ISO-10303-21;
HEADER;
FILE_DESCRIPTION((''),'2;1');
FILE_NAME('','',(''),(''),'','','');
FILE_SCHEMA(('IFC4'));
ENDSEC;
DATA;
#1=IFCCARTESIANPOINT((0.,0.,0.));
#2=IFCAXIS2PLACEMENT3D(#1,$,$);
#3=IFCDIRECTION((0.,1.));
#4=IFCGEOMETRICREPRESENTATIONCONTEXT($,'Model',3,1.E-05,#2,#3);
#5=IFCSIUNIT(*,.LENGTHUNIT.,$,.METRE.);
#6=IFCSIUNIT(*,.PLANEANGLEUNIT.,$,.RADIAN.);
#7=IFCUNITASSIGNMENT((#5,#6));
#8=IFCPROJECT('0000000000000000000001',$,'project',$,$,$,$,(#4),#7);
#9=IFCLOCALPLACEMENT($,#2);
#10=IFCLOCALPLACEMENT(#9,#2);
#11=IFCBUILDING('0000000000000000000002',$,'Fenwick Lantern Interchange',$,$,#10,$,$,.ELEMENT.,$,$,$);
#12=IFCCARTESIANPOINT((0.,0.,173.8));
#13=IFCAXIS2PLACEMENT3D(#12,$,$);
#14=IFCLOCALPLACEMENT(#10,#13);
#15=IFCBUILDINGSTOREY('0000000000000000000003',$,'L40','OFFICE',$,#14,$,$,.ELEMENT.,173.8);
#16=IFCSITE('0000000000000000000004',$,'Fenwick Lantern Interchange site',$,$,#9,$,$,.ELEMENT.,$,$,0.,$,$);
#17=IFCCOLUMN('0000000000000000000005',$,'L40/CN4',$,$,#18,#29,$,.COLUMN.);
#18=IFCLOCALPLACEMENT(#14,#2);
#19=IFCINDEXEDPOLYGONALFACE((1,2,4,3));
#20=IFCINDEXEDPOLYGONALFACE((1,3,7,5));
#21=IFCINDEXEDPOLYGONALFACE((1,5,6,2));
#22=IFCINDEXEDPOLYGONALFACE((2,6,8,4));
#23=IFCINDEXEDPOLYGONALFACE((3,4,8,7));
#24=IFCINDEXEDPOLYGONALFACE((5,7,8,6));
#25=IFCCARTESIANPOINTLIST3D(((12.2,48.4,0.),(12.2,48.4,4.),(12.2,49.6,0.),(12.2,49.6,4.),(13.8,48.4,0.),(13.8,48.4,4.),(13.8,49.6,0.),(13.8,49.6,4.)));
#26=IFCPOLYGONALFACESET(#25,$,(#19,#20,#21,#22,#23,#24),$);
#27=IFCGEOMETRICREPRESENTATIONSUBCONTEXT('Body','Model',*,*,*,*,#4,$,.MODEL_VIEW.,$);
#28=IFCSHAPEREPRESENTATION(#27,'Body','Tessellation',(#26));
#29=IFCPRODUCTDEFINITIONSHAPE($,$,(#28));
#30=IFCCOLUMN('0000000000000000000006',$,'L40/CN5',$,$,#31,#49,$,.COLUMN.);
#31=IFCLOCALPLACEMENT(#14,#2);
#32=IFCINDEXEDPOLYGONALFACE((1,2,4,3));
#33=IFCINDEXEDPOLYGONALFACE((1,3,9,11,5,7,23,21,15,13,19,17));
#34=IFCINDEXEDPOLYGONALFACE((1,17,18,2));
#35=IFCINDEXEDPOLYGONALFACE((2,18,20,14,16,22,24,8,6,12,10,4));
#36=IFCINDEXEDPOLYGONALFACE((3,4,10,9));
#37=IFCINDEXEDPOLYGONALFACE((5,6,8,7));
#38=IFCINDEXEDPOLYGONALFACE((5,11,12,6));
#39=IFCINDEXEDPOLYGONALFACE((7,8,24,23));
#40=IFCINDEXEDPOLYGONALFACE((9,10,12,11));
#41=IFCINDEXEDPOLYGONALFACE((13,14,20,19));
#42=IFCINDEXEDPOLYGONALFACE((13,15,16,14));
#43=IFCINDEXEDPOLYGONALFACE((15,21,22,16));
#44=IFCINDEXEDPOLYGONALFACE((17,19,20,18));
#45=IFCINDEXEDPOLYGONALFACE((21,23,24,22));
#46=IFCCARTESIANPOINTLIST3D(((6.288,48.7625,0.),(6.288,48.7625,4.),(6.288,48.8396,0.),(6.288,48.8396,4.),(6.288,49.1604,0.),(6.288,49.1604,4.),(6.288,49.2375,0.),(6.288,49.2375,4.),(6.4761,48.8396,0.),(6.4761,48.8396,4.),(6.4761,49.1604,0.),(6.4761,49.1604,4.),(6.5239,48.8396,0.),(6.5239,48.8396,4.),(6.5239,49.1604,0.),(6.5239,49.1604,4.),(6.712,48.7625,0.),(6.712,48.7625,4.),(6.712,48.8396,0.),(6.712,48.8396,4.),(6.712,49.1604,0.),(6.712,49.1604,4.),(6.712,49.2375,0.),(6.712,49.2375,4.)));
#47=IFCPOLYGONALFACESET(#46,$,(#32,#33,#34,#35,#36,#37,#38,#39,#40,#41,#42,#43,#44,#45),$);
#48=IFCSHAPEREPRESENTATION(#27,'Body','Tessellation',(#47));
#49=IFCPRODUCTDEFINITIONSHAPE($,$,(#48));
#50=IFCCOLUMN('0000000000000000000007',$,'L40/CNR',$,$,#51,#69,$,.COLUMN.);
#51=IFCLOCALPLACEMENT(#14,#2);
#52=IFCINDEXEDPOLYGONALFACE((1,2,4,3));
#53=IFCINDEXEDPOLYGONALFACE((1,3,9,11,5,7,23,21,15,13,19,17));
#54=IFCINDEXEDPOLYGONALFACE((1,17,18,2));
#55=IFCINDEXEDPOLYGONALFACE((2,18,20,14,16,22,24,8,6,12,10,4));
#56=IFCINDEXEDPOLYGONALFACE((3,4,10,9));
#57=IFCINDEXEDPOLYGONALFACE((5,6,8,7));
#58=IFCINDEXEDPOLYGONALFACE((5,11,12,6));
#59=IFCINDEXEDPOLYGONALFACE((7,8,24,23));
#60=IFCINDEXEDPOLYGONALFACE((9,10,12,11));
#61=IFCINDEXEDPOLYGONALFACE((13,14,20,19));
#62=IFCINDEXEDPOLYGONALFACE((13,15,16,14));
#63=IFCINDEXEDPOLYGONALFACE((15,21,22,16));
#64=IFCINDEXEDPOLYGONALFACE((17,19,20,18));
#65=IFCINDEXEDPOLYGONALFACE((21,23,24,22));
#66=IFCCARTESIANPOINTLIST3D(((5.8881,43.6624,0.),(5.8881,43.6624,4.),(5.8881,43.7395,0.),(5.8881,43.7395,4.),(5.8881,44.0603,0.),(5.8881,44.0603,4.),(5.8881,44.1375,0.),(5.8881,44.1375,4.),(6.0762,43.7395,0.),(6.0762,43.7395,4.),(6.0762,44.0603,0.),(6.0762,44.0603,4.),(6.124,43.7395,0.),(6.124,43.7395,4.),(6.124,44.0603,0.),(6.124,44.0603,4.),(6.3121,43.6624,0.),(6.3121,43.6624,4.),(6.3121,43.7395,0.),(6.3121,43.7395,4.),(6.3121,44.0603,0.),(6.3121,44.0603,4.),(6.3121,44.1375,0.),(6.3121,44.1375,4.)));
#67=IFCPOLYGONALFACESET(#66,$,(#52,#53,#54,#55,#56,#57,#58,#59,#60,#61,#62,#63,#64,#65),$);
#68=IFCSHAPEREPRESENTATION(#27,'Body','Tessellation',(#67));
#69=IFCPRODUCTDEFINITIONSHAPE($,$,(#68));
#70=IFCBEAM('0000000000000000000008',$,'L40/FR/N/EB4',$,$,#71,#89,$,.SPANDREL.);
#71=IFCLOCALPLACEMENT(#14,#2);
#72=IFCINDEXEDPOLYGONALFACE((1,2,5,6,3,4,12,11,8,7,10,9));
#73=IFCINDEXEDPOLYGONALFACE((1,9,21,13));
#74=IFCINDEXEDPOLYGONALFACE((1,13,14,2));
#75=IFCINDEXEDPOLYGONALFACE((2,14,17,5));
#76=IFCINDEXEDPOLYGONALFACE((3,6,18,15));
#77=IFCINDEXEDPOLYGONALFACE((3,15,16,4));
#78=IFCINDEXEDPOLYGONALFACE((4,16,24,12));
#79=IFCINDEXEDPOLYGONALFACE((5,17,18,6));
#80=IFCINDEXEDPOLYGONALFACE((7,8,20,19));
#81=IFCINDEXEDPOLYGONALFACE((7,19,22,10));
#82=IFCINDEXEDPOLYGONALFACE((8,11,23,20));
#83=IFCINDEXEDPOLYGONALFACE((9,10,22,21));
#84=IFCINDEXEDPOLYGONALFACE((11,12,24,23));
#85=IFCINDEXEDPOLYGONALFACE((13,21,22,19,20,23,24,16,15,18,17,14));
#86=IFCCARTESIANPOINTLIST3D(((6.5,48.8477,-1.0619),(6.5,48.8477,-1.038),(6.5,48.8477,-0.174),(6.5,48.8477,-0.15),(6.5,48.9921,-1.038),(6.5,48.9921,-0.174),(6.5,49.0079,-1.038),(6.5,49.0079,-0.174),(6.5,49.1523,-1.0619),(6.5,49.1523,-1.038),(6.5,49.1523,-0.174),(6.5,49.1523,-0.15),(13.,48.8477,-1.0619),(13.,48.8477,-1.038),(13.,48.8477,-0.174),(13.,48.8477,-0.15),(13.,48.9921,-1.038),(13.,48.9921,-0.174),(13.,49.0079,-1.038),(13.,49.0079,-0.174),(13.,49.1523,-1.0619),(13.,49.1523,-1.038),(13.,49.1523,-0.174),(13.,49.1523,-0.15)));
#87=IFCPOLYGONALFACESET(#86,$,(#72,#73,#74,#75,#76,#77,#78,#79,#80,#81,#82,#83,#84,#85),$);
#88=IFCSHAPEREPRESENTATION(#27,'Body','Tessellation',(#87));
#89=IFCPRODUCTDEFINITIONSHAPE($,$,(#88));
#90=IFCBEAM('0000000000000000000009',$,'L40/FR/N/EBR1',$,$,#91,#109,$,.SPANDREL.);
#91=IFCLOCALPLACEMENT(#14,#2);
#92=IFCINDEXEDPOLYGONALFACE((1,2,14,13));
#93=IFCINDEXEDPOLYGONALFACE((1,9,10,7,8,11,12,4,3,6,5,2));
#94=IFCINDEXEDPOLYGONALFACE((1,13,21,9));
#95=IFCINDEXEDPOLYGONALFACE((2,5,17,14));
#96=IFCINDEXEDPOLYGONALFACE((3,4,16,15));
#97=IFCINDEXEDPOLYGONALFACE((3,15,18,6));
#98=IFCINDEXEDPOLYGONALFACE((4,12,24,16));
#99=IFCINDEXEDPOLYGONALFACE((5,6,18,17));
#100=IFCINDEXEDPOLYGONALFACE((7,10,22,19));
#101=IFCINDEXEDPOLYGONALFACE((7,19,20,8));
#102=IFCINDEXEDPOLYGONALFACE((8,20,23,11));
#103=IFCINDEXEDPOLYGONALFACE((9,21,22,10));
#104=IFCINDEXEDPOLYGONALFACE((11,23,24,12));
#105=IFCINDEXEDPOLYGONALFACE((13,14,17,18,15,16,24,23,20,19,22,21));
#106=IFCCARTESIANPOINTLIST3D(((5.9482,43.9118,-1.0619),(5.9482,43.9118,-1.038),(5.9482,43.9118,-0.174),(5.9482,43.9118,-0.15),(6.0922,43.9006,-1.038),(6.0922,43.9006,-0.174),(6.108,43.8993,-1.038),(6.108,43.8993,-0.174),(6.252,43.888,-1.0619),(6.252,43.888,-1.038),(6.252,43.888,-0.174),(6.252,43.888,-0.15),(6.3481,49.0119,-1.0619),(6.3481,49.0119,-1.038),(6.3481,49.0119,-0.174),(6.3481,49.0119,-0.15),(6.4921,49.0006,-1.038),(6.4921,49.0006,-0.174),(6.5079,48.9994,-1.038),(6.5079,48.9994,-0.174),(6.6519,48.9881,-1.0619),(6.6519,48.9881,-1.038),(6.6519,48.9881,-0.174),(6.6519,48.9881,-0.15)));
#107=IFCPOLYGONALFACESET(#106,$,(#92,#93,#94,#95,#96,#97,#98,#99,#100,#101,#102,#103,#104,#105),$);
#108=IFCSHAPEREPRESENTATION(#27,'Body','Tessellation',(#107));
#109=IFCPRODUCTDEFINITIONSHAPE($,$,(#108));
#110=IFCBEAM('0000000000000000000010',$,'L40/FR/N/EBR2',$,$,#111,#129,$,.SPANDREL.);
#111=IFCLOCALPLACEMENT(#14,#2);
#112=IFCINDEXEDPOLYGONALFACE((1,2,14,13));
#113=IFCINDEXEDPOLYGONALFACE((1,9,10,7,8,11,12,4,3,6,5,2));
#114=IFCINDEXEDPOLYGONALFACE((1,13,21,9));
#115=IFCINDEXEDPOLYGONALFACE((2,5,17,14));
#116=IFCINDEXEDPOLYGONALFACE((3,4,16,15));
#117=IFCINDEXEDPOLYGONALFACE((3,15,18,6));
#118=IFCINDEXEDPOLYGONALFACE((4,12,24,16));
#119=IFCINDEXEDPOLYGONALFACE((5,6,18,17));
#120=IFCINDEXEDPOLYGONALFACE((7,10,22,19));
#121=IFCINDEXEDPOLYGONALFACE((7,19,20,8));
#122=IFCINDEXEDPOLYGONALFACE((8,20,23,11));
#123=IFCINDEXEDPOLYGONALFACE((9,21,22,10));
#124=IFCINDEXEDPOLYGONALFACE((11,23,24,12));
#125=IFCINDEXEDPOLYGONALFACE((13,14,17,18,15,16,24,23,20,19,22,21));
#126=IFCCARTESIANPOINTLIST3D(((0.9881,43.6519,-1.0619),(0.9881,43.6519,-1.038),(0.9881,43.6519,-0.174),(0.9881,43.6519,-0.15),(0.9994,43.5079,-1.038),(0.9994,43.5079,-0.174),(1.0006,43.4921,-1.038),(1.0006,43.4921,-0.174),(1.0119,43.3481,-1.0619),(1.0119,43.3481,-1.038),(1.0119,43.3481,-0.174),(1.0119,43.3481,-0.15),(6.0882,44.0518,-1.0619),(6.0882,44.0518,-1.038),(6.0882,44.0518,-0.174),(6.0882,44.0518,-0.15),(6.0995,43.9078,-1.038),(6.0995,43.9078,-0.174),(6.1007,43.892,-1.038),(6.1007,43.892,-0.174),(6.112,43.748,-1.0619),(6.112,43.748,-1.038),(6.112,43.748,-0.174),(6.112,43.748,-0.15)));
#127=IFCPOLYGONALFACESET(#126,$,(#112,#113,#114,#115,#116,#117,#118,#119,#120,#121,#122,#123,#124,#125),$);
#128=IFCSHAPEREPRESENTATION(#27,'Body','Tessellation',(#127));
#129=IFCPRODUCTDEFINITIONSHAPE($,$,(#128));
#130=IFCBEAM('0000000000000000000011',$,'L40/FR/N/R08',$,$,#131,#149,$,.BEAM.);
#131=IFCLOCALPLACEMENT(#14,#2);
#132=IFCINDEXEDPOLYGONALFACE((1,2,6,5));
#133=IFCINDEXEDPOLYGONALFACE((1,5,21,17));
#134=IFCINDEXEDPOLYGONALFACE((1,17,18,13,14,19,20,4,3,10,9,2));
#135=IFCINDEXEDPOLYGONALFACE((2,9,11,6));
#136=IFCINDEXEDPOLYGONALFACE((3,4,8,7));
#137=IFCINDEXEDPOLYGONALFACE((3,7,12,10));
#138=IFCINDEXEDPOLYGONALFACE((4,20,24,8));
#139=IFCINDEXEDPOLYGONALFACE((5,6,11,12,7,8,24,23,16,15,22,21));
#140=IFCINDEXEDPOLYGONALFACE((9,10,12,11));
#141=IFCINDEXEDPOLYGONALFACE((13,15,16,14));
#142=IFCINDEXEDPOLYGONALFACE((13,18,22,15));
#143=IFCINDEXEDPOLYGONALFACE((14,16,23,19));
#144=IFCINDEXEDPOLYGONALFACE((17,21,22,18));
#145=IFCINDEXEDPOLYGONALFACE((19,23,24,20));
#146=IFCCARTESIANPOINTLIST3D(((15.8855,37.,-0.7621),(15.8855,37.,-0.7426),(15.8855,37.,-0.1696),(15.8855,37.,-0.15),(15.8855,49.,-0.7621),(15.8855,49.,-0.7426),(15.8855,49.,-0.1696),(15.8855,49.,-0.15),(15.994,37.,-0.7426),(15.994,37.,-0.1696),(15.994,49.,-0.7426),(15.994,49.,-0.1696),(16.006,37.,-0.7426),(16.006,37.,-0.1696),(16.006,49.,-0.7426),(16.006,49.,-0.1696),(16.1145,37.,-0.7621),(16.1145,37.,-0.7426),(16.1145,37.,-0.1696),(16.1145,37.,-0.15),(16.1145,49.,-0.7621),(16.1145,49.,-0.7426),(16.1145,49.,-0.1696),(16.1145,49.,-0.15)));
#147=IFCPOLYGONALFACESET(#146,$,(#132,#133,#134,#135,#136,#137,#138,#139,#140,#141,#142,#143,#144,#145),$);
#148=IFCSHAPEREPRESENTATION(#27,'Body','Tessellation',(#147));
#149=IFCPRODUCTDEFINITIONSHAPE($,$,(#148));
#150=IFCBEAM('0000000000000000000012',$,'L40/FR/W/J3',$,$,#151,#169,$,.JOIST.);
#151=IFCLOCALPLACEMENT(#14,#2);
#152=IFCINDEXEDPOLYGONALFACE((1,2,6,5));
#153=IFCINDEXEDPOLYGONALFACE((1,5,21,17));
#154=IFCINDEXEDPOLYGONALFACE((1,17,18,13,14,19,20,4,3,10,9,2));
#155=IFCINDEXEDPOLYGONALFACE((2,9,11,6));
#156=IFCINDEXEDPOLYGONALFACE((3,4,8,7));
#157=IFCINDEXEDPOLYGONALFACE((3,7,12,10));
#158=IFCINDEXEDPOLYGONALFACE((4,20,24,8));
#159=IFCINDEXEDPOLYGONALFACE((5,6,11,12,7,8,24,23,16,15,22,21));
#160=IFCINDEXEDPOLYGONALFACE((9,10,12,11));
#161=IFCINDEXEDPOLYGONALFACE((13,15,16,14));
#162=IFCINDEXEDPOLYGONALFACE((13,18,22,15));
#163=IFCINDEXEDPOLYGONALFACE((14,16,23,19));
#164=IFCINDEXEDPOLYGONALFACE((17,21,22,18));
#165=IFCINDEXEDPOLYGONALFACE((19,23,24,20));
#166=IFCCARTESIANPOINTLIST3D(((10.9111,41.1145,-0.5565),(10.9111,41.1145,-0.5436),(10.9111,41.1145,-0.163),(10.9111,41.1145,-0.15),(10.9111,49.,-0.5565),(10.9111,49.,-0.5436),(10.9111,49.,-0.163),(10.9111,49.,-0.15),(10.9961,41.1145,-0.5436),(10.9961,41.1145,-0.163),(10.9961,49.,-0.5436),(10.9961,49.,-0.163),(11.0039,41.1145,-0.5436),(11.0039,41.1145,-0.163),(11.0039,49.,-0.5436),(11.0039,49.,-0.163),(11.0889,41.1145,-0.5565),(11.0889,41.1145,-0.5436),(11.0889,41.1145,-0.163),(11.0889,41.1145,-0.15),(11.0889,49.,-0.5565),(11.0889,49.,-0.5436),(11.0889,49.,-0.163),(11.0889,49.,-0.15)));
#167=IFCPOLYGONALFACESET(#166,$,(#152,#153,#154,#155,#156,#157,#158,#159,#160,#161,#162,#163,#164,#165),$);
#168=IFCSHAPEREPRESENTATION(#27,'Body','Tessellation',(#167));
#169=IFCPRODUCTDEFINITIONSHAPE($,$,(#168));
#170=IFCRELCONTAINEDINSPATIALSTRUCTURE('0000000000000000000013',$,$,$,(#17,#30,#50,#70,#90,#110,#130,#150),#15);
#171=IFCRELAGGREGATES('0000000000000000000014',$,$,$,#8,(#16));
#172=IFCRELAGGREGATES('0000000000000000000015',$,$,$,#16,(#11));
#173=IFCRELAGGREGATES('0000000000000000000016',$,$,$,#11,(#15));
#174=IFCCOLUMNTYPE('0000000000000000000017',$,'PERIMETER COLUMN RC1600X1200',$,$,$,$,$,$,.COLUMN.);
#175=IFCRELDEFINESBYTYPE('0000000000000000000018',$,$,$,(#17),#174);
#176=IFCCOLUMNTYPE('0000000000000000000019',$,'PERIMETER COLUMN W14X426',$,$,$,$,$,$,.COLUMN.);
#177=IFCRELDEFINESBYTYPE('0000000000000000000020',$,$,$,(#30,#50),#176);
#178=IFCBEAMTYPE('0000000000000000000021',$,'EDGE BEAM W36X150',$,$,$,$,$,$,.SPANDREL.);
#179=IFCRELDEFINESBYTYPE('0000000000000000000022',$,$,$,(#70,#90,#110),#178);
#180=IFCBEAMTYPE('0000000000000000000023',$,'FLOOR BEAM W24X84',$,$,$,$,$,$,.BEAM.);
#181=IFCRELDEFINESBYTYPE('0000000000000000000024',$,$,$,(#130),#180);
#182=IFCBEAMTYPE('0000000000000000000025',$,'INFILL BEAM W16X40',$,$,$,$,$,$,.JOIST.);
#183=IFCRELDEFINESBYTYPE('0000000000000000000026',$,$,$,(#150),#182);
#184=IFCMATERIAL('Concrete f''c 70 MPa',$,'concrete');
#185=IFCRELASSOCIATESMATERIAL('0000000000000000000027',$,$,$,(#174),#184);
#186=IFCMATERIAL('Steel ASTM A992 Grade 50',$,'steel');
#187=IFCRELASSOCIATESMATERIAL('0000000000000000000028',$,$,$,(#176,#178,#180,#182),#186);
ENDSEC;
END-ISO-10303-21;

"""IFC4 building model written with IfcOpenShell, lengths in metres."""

from ifc_helpers import new_model, si_unit, direction, frame, origin, origin_2d, place, context, subcontext, project, spatial, rectangle, i_section, extrude, material, material_profile, profile_set, type_object, element, save


model = new_model("IFC4")

# Units and contexts
model_context = context("Model", 3, precision=1e-05, world=origin(), true_north=direction((0.0, 1.0)))
body_context = subcontext(model_context, "Body", "Model", "MODEL_VIEW")
ifc_project = project(units=[si_unit("LENGTHUNIT", "METRE"), si_unit("PLANEANGLEUNIT", "RADIAN")], contexts=[model_context])

# Site, building, storey
site_placement = place(None, origin())
site = spatial("IfcSite", under=ifc_project, at=site_placement, Name="Fenwick Lantern Interchange site", CompositionType="ELEMENT", RefElevation=0.0)
building_placement = place(site_placement, origin())
building = spatial("IfcBuilding", under=site, at=building_placement, Name="Fenwick Lantern Interchange", CompositionType="ELEMENT")
storey_placement = place(building_placement, frame((0.0, 0.0, 173.8)))
storey = spatial("IfcBuildingStorey", under=building, at=storey_placement, Name="L40", Description="OFFICE", CompositionType="ELEMENT", Elevation=173.8)

# Columns
ifc_material_1 = material(Name="Concrete f'c 70 MPa", Category="concrete")
ifc_material_profile_1 = material_profile(ifc_material_1, rectangle(XDim=1.6001, YDim=1.2, at=origin_2d()), Name="RC1600X1200")
ifc_profile_set_1 = profile_set([ifc_material_profile_1], Name="Concrete f'c 70 MPa")
column_type_1 = type_object("IfcColumnType", Name="PERIMETER COLUMN RC1600X1200", PredefinedType="COLUMN", material=ifc_profile_set_1)
column_placement = place(storey_placement, frame((13.0, 49.0, 0.0), z_axis=(0.0, 0.0, 1.0), x_axis=(1.0, 0.0, 0.0)))
element("IfcColumn", 1, at=column_placement, inside=storey, type_object=column_type_1, Name="L40/CN4", PredefinedType="COLUMN", context=body_context, shape_type="SweptSolid", body=[
    extrude(rectangle(XDim=1.6001, YDim=1.2, at=origin_2d()), origin(), (0.0, 0.0, 1.0), 4.0),
])
ifc_material_2 = material(Name="Steel ASTM A992 Grade 50", Category="steel")
ifc_material_profile_2 = material_profile(ifc_material_2, i_section(OverallWidth=0.4241, OverallDepth=0.4751, WebThickness=0.0479, FlangeThickness=0.0771, at=origin_2d()), Name="W14X426")
ifc_profile_set_2 = profile_set([ifc_material_profile_2], Name="Steel ASTM A992 Grade 50")
column_type_2 = type_object("IfcColumnType", Name="PERIMETER COLUMN W14X426", PredefinedType="COLUMN", material=ifc_profile_set_2)
for number, where, z_axis, x_axis, name in (
    (2, (6.5, 49.0, 0.0), (0.0, 0.0, 1.0), (1.0, 0.0, 0.0), "L40/CN5"),
    (3, (6.1001, 43.8999, 0.0), (0.0, 0.0, 1.0), (1.0, 0.0, 0.0), "L40/CNR"),
):
    element("IfcColumn", number, at=place(storey_placement, frame(where, z_axis=z_axis, x_axis=x_axis)), inside=storey, type_object=column_type_2, Name=name, PredefinedType="COLUMN", context=body_context, shape_type="SweptSolid", body=[
        extrude(i_section(OverallWidth=0.4241, OverallDepth=0.4751, WebThickness=0.0479, FlangeThickness=0.0771, at=origin_2d()), origin(), (0.0, 0.0, 1.0), 4.0),
    ])

# Beams
ifc_material_profile_3 = material_profile(ifc_material_2, i_section(OverallWidth=0.3047, OverallDepth=0.9119, WebThickness=0.0159, FlangeThickness=0.0239, at=origin_2d()), Name="W36X150")
ifc_profile_set_3 = profile_set([ifc_material_profile_3], Name="Steel ASTM A992 Grade 50")
beam_type_1 = type_object("IfcBeamType", Name="EDGE BEAM W36X150", PredefinedType="SPANDREL", material=ifc_profile_set_3)
beam_1_placement = place(storey_placement, frame((13.0, 49.0, -0.606), z_axis=(-1.0, 0.0, 0.0), x_axis=(0.0, -1.0, 0.0)))
element("IfcBeam", 4, at=beam_1_placement, inside=storey, type_object=beam_type_1, Name="L40/FR/N/EB4", PredefinedType="SPANDREL", context=body_context, shape_type="SweptSolid", body=[
    extrude(i_section(OverallWidth=0.3047, OverallDepth=0.9119, WebThickness=0.0159, FlangeThickness=0.0239, at=origin_2d()), origin(), (0.0, 0.0, 1.0), 6.5),
])
for number, where, z_axis, x_axis, name in (
    (5, (6.5, 49.0, -0.606), (-0.078171, -0.99694, 0.0), (0.99694, -0.078171, 0.0), "L40/FR/N/EBR1"),
    (6, (6.1001, 43.8999, -0.606), (-0.99694, -0.078171, 0.0), (0.078171, -0.99694, 0.0), "L40/FR/N/EBR2"),
):
    element("IfcBeam", number, at=place(storey_placement, frame(where, z_axis=z_axis, x_axis=x_axis)), inside=storey, type_object=beam_type_1, Name=name, PredefinedType="SPANDREL", context=body_context, shape_type="SweptSolid", body=[
        extrude(i_section(OverallWidth=0.3047, OverallDepth=0.9119, WebThickness=0.0159, FlangeThickness=0.0239, at=origin_2d()), origin(), (0.0, 0.0, 1.0), 5.1157),
    ])
ifc_material_profile_4 = material_profile(ifc_material_2, i_section(OverallWidth=0.229, OverallDepth=0.6121, WebThickness=0.012, FlangeThickness=0.0195, at=origin_2d()), Name="W24X84")
ifc_profile_set_4 = profile_set([ifc_material_profile_4], Name="Steel ASTM A992 Grade 50")
beam_type_2 = type_object("IfcBeamType", Name="FLOOR BEAM W24X84", PredefinedType="BEAM", material=ifc_profile_set_4)
beam_2_placement = place(storey_placement, frame((16.0, 49.0, -0.4561), z_axis=(0.0, -1.0, 0.0), x_axis=(1.0, 0.0, 0.0)))
element("IfcBeam", 7, at=beam_2_placement, inside=storey, type_object=beam_type_2, Name="L40/FR/N/R08", PredefinedType="BEAM", context=body_context, shape_type="SweptSolid", body=[
    extrude(i_section(OverallWidth=0.229, OverallDepth=0.6121, WebThickness=0.012, FlangeThickness=0.0195, at=origin_2d()), origin(), (0.0, 0.0, 1.0), 12.0),
])
ifc_material_profile_5 = material_profile(ifc_material_2, i_section(OverallWidth=0.1777, OverallDepth=0.4065, WebThickness=0.0078, FlangeThickness=0.0129, at=origin_2d()), Name="W16X40")
ifc_profile_set_5 = profile_set([ifc_material_profile_5], Name="Steel ASTM A992 Grade 50")
beam_type_3 = type_object("IfcBeamType", Name="INFILL BEAM W16X40", PredefinedType="JOIST", material=ifc_profile_set_5)
beam_3_placement = place(storey_placement, frame((11.0, 49.0, -0.3533), z_axis=(0.0, -1.0, 0.0), x_axis=(1.0, 0.0, 0.0)))
element("IfcBeam", 8, at=beam_3_placement, inside=storey, type_object=beam_type_3, Name="L40/FR/W/J3", PredefinedType="JOIST", context=body_context, shape_type="SweptSolid", body=[
    extrude(i_section(OverallWidth=0.1777, OverallDepth=0.4065, WebThickness=0.0078, FlangeThickness=0.0129, at=origin_2d()), origin(), (0.0, 0.0, 1.0), 7.8855),
])

save(model, "model.ifc")
